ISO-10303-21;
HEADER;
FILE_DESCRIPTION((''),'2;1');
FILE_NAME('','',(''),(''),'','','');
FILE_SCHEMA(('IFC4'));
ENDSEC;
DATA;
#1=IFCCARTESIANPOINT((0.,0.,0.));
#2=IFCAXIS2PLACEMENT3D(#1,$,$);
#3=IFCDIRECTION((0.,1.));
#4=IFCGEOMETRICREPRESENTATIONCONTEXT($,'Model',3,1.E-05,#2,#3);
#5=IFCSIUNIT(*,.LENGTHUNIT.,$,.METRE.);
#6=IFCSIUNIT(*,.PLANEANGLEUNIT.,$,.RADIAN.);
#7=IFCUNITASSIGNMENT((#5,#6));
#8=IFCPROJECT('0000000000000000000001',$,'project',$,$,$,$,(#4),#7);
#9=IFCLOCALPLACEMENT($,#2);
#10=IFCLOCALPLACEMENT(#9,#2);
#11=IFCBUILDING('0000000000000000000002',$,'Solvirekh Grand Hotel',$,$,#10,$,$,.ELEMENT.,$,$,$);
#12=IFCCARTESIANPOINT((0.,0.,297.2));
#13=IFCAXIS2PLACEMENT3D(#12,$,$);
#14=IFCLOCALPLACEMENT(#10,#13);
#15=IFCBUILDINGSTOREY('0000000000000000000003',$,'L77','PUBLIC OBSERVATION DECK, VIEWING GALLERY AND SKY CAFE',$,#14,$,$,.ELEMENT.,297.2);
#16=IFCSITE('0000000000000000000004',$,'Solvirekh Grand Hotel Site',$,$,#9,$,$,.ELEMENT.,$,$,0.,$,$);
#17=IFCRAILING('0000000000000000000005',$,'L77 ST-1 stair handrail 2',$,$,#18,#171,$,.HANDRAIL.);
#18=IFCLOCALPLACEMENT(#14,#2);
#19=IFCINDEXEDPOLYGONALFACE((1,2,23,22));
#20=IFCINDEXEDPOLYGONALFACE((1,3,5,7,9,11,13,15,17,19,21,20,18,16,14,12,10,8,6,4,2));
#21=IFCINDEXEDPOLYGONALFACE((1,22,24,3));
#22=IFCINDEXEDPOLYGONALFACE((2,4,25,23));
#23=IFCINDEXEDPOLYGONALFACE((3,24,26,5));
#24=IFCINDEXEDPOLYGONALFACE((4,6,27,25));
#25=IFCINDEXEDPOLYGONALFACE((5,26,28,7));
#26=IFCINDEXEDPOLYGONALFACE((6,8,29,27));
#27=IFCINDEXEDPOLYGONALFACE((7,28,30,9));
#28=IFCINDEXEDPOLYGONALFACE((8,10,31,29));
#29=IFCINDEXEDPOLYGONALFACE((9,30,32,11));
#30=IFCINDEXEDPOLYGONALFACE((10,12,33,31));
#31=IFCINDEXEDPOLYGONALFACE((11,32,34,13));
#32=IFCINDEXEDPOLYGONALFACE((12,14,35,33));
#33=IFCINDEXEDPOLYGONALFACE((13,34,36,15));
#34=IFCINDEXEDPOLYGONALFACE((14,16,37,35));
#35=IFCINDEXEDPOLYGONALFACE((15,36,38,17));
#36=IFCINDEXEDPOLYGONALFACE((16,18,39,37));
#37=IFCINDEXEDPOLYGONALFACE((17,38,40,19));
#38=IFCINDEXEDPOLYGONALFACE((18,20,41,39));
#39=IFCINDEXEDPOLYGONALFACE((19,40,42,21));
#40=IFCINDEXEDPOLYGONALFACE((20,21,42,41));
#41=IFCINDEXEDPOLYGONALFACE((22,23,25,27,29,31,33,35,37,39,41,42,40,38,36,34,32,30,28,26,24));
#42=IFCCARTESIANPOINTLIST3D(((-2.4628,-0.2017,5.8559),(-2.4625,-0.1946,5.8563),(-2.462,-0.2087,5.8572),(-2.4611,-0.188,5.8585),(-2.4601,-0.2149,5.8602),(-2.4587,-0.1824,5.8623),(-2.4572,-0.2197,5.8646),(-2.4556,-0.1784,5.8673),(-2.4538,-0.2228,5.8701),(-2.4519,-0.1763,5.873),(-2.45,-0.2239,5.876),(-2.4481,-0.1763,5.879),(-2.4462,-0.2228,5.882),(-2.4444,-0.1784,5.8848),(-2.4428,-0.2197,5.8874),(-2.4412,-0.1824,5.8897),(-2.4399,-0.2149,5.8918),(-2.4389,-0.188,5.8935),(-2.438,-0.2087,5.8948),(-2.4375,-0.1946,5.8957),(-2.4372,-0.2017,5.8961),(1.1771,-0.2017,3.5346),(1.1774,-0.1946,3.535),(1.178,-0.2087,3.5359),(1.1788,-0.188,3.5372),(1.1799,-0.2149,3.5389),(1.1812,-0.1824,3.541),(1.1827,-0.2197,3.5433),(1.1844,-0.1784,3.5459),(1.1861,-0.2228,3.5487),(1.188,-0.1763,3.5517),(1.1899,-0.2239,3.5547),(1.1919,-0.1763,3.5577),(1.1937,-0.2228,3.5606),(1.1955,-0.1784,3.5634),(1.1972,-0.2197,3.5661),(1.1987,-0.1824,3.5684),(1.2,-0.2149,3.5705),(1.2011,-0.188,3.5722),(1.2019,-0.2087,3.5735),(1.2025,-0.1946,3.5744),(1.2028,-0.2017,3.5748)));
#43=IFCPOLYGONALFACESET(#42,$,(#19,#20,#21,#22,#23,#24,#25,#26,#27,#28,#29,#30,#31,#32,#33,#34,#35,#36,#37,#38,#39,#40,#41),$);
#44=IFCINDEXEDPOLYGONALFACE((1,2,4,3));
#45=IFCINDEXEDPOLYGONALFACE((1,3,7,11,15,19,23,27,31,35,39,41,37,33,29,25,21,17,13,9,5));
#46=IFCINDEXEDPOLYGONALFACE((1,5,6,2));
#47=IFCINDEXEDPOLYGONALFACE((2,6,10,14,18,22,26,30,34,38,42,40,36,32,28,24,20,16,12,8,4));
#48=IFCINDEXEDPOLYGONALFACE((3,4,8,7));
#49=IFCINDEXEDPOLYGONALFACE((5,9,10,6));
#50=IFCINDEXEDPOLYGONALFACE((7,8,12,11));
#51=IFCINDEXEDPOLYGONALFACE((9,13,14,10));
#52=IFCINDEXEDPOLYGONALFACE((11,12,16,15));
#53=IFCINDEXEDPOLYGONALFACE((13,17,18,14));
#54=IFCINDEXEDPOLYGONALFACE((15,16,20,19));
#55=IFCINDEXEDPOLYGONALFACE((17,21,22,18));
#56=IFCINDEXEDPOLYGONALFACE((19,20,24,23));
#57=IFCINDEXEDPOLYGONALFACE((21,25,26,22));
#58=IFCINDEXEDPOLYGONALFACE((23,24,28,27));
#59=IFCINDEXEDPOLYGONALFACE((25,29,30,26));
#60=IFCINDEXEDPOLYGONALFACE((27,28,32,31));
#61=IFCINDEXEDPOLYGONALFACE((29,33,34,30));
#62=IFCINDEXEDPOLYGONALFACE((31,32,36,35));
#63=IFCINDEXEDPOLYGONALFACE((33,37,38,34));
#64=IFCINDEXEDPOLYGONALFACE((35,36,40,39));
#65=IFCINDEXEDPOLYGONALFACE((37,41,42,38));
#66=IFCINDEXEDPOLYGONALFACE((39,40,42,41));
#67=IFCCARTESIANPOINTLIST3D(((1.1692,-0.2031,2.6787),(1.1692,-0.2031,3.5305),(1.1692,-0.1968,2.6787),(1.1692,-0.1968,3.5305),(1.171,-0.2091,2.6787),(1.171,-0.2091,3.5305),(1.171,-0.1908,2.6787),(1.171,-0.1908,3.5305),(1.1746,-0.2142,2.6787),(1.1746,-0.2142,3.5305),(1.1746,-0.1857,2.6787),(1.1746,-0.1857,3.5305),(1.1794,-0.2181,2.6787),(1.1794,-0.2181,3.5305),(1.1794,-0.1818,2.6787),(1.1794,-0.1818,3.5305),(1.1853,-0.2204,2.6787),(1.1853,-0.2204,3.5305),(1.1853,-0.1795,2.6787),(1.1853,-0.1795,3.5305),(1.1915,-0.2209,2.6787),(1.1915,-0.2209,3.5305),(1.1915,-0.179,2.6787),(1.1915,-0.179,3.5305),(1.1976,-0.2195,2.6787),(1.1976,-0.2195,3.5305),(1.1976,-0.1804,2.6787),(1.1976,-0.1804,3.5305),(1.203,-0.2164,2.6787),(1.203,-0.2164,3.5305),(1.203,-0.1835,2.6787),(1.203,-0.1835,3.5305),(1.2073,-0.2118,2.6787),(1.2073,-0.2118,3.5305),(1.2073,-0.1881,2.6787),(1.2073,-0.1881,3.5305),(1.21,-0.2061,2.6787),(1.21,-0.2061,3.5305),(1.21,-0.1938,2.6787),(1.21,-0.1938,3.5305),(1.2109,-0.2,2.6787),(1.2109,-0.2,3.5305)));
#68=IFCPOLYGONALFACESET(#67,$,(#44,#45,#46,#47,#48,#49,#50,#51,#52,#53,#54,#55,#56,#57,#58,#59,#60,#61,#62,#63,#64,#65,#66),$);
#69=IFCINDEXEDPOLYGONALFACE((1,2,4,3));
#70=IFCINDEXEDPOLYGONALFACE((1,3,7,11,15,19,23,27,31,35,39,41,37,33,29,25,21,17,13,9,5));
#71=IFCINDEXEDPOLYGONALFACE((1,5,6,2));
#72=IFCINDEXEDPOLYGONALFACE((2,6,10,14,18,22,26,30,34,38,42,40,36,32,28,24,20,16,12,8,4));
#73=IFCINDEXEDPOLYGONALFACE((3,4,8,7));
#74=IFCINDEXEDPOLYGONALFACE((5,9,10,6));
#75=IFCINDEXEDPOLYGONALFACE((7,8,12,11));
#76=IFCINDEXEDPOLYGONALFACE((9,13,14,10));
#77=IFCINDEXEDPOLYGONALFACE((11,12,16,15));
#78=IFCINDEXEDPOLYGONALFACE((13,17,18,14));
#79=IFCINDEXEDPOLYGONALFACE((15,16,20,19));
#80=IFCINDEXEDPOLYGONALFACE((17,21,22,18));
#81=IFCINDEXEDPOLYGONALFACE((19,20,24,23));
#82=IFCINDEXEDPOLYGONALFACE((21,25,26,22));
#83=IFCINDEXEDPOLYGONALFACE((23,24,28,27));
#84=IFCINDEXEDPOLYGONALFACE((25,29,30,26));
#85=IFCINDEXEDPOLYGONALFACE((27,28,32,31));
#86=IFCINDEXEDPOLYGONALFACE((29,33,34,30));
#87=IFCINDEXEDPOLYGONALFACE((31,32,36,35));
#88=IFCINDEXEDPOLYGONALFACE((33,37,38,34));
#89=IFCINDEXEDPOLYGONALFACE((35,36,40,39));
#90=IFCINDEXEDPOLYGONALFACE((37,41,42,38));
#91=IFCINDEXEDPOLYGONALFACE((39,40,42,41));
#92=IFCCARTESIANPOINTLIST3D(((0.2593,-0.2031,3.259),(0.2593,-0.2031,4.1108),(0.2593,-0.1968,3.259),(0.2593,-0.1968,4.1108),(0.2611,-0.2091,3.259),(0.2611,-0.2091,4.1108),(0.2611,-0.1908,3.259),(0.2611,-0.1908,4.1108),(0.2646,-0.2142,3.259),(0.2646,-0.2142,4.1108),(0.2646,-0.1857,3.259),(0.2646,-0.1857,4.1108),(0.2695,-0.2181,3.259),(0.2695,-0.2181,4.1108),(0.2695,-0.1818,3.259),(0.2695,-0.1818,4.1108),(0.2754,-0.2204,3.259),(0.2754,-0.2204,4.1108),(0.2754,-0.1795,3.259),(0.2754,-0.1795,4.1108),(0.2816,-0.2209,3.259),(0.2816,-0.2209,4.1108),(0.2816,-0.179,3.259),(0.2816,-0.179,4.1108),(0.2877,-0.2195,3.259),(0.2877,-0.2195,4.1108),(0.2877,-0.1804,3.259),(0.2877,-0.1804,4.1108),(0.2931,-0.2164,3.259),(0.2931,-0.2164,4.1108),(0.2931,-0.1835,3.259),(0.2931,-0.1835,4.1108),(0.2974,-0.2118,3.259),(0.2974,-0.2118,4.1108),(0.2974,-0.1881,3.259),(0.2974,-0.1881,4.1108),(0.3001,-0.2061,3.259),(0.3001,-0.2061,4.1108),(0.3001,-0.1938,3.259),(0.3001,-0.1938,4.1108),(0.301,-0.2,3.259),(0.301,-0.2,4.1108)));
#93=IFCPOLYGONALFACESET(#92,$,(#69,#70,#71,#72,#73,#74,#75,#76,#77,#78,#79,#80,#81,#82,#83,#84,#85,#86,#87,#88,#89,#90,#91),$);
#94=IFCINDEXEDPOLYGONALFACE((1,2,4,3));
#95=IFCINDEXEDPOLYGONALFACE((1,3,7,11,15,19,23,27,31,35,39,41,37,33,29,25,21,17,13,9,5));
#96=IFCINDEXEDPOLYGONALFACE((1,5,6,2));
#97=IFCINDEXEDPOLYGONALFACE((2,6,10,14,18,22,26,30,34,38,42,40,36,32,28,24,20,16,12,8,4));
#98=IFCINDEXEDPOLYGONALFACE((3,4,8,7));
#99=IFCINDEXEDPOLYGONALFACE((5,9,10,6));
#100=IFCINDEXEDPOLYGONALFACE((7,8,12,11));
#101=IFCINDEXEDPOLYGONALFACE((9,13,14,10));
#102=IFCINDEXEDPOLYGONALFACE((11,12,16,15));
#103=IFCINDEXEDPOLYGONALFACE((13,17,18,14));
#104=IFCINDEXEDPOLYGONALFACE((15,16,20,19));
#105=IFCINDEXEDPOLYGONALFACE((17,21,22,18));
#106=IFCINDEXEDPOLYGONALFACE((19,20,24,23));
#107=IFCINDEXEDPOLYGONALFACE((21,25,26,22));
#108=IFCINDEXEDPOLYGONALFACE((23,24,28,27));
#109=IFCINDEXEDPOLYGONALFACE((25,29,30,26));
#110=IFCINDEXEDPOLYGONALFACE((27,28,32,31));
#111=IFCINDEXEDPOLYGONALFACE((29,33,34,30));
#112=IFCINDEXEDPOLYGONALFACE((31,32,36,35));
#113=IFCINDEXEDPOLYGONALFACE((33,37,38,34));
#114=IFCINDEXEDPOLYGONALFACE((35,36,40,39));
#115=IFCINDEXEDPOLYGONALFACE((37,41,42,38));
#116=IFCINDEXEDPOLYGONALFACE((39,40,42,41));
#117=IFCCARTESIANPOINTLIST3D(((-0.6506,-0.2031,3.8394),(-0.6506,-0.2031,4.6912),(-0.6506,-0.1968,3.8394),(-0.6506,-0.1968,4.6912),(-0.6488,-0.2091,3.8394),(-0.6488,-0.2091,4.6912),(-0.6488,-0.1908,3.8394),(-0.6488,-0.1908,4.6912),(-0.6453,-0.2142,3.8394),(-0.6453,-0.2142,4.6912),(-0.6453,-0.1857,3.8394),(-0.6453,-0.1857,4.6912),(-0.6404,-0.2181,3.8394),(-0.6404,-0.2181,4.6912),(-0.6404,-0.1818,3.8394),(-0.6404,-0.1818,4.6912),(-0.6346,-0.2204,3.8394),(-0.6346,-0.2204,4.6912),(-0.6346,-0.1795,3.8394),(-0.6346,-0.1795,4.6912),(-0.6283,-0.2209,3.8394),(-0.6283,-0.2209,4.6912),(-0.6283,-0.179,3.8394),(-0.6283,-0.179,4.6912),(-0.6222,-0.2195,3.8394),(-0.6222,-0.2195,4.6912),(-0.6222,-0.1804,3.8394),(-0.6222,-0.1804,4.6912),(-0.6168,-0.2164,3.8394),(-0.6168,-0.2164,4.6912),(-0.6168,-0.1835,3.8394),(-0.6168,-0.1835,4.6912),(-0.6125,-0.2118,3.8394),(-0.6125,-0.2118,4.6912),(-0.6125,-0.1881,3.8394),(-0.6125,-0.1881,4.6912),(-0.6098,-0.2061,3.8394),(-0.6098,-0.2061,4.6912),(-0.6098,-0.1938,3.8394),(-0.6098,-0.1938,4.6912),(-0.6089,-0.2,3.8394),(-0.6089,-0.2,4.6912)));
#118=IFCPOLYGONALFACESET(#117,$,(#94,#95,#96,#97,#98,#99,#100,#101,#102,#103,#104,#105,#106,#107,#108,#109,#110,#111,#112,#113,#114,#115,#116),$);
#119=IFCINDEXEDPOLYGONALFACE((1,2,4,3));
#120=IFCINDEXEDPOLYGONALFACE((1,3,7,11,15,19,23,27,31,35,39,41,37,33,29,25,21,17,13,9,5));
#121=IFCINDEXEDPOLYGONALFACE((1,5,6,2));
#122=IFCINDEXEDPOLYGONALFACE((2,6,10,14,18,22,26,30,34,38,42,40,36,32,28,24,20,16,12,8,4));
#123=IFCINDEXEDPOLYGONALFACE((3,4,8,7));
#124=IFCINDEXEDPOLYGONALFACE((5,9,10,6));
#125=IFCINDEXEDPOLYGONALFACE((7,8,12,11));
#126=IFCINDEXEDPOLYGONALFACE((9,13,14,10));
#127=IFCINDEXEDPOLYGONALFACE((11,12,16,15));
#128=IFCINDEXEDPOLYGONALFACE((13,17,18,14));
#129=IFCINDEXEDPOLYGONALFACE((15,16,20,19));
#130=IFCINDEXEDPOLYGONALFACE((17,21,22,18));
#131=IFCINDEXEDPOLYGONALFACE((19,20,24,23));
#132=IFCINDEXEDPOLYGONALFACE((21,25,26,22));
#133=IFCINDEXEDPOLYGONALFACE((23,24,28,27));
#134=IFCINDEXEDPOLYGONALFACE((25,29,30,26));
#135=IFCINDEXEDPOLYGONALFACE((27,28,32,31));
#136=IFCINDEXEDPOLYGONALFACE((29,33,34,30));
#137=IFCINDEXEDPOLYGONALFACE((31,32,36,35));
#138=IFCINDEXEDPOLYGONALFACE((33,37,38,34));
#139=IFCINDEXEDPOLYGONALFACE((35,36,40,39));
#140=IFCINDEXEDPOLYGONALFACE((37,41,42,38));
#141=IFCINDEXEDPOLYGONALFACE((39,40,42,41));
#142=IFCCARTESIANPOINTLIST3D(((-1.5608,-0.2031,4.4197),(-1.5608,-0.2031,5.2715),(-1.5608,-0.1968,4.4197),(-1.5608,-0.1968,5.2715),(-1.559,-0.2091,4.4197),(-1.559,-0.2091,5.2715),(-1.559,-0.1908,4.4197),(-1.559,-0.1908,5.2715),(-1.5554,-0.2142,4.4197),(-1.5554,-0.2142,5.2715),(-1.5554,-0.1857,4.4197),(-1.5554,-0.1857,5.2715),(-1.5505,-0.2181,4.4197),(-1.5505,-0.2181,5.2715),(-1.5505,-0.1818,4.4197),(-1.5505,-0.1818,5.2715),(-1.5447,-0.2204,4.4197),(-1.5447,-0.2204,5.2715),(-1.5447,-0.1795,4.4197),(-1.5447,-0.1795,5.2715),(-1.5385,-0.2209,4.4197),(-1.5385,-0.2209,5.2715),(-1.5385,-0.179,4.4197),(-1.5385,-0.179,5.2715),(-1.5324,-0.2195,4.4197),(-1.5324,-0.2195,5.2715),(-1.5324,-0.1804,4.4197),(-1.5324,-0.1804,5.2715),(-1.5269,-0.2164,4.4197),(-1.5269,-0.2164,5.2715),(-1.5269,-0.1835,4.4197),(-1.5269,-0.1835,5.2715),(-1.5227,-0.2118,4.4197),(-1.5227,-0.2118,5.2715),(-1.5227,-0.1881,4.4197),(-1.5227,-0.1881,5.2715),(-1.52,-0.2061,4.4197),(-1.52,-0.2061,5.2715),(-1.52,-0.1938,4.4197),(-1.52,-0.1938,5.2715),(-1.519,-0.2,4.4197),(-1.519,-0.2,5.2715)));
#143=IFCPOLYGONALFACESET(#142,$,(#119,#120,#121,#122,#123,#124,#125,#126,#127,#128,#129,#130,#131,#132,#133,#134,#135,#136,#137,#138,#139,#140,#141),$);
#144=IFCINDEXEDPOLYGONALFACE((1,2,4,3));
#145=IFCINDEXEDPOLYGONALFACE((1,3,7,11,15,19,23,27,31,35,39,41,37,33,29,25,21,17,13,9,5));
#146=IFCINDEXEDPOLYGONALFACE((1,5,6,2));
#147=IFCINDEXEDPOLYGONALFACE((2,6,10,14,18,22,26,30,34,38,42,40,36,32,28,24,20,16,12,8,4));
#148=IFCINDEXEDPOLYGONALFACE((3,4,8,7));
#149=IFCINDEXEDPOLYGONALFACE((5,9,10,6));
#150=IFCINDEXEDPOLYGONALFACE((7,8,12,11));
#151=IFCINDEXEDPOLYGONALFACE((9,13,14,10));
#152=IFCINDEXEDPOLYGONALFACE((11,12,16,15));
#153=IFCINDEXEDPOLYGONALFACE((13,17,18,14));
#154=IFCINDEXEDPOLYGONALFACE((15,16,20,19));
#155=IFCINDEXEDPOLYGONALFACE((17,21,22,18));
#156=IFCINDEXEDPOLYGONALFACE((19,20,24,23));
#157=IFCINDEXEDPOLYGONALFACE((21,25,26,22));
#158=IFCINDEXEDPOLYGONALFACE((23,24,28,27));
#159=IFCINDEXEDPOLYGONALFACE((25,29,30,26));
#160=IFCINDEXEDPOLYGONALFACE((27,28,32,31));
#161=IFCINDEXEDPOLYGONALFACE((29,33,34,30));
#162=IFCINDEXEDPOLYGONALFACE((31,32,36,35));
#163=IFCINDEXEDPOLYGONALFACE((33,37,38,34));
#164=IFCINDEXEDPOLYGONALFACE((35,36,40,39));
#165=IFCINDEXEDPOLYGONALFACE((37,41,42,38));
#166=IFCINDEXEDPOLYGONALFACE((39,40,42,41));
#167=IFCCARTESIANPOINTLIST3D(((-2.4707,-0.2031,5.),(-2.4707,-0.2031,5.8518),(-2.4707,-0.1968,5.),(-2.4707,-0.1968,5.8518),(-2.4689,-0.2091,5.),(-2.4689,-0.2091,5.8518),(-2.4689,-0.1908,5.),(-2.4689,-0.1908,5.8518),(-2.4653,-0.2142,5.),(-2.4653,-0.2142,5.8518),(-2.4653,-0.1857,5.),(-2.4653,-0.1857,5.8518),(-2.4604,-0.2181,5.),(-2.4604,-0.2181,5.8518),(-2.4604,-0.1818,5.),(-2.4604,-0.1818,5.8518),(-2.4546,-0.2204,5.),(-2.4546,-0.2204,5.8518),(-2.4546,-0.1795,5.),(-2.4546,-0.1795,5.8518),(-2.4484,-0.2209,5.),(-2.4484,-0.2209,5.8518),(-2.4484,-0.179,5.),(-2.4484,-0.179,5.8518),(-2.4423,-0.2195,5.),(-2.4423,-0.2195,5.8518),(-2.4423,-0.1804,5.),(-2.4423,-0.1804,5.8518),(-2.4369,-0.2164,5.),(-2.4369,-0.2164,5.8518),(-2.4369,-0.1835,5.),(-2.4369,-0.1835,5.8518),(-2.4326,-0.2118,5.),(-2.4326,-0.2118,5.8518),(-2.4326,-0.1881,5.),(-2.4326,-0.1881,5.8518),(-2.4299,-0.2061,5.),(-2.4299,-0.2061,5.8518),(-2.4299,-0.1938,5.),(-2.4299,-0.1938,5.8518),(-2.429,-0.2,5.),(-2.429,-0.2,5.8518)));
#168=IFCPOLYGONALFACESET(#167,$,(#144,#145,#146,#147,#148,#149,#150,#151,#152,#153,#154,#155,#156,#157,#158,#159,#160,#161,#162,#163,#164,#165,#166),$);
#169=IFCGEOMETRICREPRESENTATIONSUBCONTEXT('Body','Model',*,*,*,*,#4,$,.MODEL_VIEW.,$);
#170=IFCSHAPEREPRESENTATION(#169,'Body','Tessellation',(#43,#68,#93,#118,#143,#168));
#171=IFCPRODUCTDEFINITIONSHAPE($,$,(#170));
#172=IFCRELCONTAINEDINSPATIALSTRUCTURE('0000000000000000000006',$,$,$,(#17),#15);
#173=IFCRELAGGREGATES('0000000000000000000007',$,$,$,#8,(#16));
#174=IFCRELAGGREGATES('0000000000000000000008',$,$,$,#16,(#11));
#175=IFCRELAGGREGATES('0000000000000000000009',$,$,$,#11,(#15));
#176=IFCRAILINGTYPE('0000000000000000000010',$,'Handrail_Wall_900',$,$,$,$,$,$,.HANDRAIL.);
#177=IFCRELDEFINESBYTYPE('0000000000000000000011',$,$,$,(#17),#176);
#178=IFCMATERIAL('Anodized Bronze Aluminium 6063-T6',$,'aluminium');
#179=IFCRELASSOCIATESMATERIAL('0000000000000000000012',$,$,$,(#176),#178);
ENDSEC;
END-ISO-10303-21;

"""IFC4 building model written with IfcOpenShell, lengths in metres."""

from ifc_helpers import new_model, si_unit, direction, frame, origin, origin_2d, place, context, subcontext, project, spatial, circle, extrude, material, type_object, element, save


model = new_model("IFC4")

# Units and contexts
model_context = context("Model", 3, precision=1e-05, world=origin(), true_north=direction((0.0, 1.0)))
body_context = subcontext(model_context, "Body", "Model", "MODEL_VIEW")
ifc_project = project(units=[si_unit("LENGTHUNIT", "METRE"), si_unit("PLANEANGLEUNIT", "RADIAN")], contexts=[model_context])

# Site, building, storey
site_placement = place(None, origin())
site = spatial("IfcSite", under=ifc_project, at=site_placement, Name="Solvirekh Grand Hotel Site", CompositionType="ELEMENT", RefElevation=0.0)
building_placement = place(site_placement, origin())
building = spatial("IfcBuilding", under=site, at=building_placement, Name="Solvirekh Grand Hotel", CompositionType="ELEMENT")
storey_placement = place(building_placement, frame((0.0, 0.0, 297.2)))
storey = spatial("IfcBuildingStorey", under=building, at=storey_placement, Name="L77", Description="PUBLIC OBSERVATION DECK, VIEWING GALLERY AND SKY CAFE", CompositionType="ELEMENT", Elevation=297.2)

# Railing
ifc_material_1 = material(Name="Anodized Bronze Aluminium 6063-T6", Category="aluminium")
railing_type_1 = type_object("IfcRailingType", Name="Handrail_Wall_900", PredefinedType="HANDRAIL", material=ifc_material_1)
railing_1_placement = place(storey_placement, frame((1.1899, -0.2, 2.6787)))
element("IfcRailing", 1, at=railing_1_placement, inside=storey, type_object=railing_type_1, Name="L77 ST-1 stair handrail 2", PredefinedType="HANDRAIL", context=body_context, shape_type="SweptSolid", body=[
    extrude(circle(Radius=0.0239, at=origin_2d()), frame((0.0, 0.0, 0.876), z_axis=(-0.843137, 0.0, 0.537699), x_axis=(0.0, -1.0, 0.0)), (0.0, 0.0, 1.0), 4.3171),
    extrude(circle(Radius=0.021, at=origin_2d()), origin(), (0.0, 0.0, 1.0), 0.8518),
    extrude(circle(Radius=0.021, at=origin_2d()), frame((-0.9099, 0.0, 0.5803)), (0.0, 0.0, 1.0), 0.8518),
    extrude(circle(Radius=0.021, at=origin_2d()), frame((-1.8198, 0.0, 1.1606)), (0.0, 0.0, 1.0), 0.8518),
    extrude(circle(Radius=0.021, at=origin_2d()), frame((-2.73, 0.0, 1.741)), (0.0, 0.0, 1.0), 0.8518),
    extrude(circle(Radius=0.021, at=origin_2d()), frame((-3.6399, 0.0, 2.3213)), (0.0, 0.0, 1.0), 0.8518),
])

save(model, "model.ifc")
